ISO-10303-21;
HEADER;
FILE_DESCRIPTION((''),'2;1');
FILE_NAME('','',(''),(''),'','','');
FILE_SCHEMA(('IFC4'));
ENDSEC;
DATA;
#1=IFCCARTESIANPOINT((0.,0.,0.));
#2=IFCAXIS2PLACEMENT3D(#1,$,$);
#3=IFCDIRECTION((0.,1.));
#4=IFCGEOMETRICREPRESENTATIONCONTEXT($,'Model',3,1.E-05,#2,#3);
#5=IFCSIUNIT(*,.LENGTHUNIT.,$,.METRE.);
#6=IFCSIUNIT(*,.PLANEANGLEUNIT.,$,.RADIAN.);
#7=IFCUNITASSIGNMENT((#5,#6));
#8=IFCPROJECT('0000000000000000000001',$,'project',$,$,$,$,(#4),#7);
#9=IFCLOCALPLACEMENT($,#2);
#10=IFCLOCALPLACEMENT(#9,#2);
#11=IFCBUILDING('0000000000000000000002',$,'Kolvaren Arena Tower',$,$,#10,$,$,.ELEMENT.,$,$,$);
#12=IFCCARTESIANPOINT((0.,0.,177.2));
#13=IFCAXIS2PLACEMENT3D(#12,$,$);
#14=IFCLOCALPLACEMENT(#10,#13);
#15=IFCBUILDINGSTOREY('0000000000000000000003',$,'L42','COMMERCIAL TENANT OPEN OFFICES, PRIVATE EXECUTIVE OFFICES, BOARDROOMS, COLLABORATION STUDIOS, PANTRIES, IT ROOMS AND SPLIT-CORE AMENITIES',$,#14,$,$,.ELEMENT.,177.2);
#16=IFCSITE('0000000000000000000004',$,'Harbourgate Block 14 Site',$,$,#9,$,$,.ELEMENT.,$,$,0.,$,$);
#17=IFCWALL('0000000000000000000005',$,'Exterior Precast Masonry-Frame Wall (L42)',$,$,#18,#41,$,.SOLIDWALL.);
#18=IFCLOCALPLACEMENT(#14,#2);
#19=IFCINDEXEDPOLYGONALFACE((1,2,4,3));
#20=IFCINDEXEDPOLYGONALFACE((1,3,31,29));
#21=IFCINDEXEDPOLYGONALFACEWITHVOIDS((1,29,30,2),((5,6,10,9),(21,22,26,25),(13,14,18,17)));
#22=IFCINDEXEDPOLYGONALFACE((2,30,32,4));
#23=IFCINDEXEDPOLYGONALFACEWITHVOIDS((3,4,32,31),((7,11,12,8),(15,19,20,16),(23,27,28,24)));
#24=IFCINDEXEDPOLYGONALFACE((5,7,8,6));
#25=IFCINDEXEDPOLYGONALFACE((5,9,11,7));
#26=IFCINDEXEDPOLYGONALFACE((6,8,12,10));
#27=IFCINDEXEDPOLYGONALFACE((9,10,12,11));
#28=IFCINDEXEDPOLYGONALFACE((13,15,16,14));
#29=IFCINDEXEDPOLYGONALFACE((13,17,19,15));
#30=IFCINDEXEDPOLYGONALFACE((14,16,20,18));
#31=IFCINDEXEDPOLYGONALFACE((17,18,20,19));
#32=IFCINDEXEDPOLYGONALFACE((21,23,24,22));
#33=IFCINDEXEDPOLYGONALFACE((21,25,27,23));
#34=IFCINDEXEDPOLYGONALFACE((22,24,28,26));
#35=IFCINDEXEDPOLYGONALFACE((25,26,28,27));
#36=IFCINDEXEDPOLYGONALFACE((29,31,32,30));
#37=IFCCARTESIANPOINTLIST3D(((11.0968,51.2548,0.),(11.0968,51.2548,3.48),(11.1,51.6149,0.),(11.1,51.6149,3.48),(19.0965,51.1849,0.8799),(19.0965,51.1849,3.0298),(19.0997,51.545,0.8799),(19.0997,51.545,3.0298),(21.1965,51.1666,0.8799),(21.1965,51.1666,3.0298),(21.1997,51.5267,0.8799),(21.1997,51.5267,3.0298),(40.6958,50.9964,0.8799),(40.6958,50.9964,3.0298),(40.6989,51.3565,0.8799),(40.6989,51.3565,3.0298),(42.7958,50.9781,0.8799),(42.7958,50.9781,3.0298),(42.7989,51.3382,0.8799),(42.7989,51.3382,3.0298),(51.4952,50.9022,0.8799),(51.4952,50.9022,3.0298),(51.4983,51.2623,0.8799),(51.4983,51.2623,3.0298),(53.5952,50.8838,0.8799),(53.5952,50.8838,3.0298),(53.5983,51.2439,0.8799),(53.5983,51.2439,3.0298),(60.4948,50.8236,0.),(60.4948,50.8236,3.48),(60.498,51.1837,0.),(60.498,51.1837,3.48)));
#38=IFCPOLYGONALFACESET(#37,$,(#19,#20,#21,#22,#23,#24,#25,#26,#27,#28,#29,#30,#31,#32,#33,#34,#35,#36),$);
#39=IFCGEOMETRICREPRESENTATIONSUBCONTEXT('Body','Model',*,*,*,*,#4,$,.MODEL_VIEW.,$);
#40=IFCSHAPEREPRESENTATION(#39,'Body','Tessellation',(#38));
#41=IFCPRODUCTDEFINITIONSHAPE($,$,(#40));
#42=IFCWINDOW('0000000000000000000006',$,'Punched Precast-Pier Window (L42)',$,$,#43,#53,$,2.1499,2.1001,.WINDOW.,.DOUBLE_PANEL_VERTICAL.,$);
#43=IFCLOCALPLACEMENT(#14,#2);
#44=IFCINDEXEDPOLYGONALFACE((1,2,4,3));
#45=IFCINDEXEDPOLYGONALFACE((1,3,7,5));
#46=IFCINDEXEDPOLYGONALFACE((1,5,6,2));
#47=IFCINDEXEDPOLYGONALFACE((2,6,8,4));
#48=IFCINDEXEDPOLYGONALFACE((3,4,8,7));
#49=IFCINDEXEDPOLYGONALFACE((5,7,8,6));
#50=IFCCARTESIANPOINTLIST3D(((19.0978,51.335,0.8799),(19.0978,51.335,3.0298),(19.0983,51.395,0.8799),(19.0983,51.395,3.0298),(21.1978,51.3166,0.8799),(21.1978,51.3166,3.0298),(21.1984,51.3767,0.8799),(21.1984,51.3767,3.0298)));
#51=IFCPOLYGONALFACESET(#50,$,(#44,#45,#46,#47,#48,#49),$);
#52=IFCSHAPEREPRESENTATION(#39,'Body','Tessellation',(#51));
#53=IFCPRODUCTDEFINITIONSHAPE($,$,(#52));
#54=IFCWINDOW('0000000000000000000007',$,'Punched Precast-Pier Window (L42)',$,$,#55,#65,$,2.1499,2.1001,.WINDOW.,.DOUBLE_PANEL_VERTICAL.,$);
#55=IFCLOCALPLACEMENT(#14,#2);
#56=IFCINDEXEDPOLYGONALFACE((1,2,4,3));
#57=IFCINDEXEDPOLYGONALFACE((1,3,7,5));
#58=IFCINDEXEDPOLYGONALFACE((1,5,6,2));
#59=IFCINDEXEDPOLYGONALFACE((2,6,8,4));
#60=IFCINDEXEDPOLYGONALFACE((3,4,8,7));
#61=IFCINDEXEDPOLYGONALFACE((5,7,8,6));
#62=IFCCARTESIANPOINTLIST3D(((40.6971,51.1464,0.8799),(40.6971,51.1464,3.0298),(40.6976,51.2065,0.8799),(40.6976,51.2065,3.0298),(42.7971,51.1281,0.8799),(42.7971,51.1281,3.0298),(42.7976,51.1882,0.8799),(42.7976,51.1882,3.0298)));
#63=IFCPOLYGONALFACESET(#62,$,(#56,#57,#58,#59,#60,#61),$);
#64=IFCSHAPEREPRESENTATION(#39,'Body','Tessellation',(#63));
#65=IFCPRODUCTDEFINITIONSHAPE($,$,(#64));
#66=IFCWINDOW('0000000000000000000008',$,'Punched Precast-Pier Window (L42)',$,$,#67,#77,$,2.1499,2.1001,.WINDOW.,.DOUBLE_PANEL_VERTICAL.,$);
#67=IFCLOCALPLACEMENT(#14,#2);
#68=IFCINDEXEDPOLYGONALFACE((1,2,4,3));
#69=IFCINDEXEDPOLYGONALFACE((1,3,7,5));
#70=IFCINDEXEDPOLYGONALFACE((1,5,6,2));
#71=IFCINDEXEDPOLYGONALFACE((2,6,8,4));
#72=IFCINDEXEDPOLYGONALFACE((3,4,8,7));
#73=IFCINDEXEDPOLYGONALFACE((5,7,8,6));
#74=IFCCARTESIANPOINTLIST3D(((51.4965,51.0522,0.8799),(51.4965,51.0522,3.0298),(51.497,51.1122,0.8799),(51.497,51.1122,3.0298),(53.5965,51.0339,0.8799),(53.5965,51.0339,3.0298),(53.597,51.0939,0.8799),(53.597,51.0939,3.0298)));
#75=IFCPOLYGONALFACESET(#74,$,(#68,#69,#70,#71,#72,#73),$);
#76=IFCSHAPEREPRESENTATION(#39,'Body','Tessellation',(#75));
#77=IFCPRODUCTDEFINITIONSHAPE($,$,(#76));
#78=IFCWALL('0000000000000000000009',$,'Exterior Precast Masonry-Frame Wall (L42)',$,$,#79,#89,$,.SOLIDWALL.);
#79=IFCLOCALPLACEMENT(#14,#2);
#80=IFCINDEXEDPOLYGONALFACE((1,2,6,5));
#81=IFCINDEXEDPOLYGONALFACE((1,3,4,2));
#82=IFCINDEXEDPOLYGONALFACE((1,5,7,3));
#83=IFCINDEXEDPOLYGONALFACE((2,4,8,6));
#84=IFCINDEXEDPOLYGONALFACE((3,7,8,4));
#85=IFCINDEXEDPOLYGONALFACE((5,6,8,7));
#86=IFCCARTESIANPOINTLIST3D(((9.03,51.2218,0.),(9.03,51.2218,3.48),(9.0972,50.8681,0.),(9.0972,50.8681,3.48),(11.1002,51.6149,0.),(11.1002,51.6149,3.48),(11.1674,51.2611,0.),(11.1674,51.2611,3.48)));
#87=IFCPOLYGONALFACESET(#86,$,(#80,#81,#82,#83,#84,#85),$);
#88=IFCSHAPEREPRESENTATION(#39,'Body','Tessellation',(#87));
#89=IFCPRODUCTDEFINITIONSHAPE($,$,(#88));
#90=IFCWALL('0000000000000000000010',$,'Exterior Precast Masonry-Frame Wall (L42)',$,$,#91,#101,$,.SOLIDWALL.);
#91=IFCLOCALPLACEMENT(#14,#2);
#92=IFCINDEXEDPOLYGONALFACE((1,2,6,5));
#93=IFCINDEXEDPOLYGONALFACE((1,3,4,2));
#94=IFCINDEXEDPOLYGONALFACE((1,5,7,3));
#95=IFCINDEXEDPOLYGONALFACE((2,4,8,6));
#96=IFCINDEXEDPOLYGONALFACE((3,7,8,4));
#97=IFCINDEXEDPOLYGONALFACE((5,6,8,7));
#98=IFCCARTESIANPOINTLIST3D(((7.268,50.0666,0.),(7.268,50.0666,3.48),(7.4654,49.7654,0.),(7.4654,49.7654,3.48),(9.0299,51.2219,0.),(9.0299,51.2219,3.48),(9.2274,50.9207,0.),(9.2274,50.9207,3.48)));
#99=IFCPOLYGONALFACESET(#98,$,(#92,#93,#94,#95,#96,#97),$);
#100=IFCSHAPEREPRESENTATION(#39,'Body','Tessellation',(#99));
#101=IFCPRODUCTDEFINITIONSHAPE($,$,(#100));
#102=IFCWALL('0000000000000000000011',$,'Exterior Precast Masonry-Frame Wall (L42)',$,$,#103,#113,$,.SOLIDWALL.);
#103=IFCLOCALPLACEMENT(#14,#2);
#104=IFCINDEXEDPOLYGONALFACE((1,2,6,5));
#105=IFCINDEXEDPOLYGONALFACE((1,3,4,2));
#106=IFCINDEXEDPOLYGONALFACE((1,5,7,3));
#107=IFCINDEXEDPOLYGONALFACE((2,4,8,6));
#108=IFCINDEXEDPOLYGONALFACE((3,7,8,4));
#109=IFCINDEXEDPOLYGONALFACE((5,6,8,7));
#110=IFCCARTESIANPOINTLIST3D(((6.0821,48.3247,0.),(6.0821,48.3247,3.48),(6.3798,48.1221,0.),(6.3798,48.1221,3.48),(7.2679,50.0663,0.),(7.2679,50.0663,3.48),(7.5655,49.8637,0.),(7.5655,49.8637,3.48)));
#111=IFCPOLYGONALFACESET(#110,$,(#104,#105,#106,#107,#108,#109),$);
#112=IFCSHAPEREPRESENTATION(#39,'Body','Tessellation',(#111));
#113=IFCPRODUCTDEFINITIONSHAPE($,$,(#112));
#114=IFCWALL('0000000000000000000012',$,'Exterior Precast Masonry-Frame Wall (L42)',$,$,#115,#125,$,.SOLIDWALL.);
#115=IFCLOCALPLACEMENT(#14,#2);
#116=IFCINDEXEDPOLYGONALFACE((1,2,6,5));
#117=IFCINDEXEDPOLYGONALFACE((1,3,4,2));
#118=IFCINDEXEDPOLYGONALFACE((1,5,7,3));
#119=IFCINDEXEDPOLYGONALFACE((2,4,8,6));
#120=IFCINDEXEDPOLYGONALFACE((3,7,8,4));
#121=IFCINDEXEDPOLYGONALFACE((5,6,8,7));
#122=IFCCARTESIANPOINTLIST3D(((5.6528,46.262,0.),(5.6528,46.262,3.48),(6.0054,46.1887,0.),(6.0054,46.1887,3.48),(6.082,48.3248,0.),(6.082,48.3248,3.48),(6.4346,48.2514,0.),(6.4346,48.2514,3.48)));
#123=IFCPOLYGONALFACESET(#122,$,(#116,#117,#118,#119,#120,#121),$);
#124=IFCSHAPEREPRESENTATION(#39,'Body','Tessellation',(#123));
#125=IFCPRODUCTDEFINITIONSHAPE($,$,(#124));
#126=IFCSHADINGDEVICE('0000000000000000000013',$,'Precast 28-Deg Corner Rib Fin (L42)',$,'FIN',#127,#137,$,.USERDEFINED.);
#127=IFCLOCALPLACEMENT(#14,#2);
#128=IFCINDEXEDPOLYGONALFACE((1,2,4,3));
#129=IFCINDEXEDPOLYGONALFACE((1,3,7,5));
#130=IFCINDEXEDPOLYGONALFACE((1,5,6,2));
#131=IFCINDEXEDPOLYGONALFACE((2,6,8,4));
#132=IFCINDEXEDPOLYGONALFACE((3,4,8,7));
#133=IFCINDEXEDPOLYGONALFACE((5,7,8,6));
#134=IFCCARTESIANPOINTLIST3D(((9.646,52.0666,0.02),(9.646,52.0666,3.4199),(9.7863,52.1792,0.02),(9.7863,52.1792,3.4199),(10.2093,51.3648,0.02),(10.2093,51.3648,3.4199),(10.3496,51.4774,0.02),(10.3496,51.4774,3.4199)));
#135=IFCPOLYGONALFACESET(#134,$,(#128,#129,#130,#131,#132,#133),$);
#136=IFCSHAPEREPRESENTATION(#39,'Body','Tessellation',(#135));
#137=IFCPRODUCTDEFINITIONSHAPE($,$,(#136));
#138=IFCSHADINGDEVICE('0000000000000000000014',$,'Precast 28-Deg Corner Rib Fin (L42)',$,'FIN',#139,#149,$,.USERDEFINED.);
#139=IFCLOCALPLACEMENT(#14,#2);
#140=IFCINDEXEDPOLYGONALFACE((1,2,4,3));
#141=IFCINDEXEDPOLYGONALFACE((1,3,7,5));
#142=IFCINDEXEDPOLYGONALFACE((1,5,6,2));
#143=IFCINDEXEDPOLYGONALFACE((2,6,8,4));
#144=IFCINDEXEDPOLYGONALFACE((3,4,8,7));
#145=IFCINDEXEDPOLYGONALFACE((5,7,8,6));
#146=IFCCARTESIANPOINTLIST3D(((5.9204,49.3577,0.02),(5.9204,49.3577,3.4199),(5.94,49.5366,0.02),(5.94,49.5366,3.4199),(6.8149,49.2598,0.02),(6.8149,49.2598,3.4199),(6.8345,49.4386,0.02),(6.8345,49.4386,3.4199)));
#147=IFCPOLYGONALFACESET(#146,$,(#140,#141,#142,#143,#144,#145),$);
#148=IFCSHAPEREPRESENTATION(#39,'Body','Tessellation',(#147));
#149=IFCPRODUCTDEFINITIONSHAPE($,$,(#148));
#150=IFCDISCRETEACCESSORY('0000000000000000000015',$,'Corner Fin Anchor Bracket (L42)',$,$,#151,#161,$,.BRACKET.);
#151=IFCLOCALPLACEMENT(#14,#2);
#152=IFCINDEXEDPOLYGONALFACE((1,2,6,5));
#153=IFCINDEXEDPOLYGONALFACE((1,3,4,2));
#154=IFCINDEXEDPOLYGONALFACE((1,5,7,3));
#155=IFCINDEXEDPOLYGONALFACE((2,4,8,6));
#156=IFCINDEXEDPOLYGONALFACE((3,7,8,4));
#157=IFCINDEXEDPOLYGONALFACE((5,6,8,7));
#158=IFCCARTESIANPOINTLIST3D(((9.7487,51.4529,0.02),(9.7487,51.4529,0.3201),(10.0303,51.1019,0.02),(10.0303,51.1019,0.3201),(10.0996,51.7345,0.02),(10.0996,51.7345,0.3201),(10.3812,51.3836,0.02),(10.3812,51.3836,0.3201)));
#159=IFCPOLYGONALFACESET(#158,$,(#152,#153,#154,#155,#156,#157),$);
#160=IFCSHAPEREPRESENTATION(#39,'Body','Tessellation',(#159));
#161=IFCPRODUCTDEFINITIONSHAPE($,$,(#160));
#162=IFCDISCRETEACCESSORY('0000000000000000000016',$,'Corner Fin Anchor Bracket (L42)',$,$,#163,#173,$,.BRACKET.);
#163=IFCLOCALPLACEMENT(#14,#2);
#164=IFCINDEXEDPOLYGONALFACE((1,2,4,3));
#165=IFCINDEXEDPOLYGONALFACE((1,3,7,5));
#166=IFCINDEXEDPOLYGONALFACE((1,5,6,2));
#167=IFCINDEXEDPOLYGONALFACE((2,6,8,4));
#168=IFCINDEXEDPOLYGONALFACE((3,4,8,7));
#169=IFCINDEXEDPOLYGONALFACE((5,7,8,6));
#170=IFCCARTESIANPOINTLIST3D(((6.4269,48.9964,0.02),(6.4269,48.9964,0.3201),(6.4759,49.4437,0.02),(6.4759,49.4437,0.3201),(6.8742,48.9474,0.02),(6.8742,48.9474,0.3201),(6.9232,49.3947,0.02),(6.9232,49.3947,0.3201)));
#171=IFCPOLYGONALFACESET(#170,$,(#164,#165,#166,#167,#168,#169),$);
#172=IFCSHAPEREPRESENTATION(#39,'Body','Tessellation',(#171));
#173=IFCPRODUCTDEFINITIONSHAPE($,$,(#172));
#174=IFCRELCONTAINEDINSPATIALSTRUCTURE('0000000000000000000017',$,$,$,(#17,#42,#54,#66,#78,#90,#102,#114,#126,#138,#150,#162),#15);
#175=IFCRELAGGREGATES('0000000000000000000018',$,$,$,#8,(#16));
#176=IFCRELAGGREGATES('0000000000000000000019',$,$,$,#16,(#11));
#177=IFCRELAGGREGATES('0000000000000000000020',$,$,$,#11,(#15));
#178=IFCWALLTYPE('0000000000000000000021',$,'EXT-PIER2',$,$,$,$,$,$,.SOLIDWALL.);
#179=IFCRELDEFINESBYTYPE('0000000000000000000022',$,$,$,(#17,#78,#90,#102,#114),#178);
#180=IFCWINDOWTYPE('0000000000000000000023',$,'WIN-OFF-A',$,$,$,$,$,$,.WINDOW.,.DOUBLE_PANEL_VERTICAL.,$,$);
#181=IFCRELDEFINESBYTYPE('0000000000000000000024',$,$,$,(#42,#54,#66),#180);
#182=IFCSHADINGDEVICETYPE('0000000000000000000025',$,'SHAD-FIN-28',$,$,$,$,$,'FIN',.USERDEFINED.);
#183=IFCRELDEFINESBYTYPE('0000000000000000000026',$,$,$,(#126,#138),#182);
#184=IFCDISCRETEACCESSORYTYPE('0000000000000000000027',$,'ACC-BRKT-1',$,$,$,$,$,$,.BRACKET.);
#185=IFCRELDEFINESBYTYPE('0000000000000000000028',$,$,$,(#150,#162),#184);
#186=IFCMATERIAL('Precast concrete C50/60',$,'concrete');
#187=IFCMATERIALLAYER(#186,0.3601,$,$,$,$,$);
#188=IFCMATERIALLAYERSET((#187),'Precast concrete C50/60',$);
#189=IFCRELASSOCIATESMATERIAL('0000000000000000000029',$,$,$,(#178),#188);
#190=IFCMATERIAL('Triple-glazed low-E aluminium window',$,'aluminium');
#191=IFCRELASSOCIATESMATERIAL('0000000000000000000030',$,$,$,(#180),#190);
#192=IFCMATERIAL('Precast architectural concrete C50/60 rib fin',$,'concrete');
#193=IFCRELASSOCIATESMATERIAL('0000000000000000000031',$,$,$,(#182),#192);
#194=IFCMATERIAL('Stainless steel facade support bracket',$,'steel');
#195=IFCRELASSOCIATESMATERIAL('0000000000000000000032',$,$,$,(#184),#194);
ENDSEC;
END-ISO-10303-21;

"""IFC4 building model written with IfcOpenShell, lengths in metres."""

from ifc_helpers import new_model, si_unit, direction, frame, frame_2d, origin, origin_2d, place, context, subcontext, project, spatial, rectangle, extrude, material, layer, layer_set, type_object, element, fill, save


model = new_model("IFC4")

# Units and contexts
model_context = context("Model", 3, precision=1e-05, world=origin(), true_north=direction((0.0, 1.0)))
body_context = subcontext(model_context, "Body", "Model", "MODEL_VIEW")
ifc_project = project(units=[si_unit("LENGTHUNIT", "METRE"), si_unit("PLANEANGLEUNIT", "RADIAN")], contexts=[model_context])

# Site, building, storey
site_placement = place(None, origin())
site = spatial("IfcSite", under=ifc_project, at=site_placement, Name="Harbourgate Block 14 Site", CompositionType="ELEMENT", RefElevation=0.0)
building_placement = place(site_placement, origin())
building = spatial("IfcBuilding", under=site, at=building_placement, Name="Kolvaren Arena Tower", CompositionType="ELEMENT")
storey_placement = place(building_placement, frame((0.0, 0.0, 177.2)))
storey = spatial("IfcBuildingStorey", under=building, at=storey_placement, Name="L42", Description="COMMERCIAL TENANT OPEN OFFICES, PRIVATE EXECUTIVE OFFICES, BOARDROOMS, COLLABORATION STUDIOS, PANTRIES, IT ROOMS AND SPLIT-CORE AMENITIES", CompositionType="ELEMENT", Elevation=177.2)

# Wall, openings, windows
ifc_material_1 = material(Name="Precast concrete C50/60", Category="concrete")
ifc_layer = layer(ifc_material_1, 0.3601)
ifc_layer_set = layer_set([ifc_layer], Name="Precast concrete C50/60")
wall_type = type_object("IfcWallType", Name="EXT-PIER2", PredefinedType="SOLIDWALL", material=ifc_layer_set)
wall_1_placement = place(storey_placement, frame((11.0984, 51.4348, 0.0), z_axis=(0.0, 0.0, 1.0), x_axis=(0.999962, -0.008728, 0.0)))
wall_1 = element("IfcWall", 1, at=wall_1_placement, inside=storey, type_object=wall_type, Name="Exterior Precast Masonry-Frame Wall (L42)", PredefinedType="SOLIDWALL", context=body_context, shape_type="SweptSolid", body=[
    extrude(rectangle(XDim=49.3999, YDim=0.3601, at=frame_2d((24.7, 0.0))), origin(), (0.0, 0.0, 1.0), 3.48),
])
opening_1_placement = place(wall_1_placement, frame((8.0, 0.0, 0.8799)))
opening_1 = element("IfcOpeningElement", 2, at=opening_1_placement, cuts=wall_1, PredefinedType="OPENING", context=body_context, shape_type="SweptSolid", body=[
    extrude(rectangle(XDim=2.1001, YDim=2.1499, at=frame_2d((1.05, 1.075))), frame((0.0, 0.1899, 0.0), z_axis=(0.0, -1.0, 0.0), x_axis=(1.0, 0.0, 0.0)), (0.0, 0.0, 1.0), 0.3801),
])
opening_2_placement = place(wall_1_placement, frame((29.6001, 0.0, 0.8799)))
opening_2 = element("IfcOpeningElement", 3, at=opening_2_placement, cuts=wall_1, PredefinedType="OPENING", context=body_context, shape_type="SweptSolid", body=[
    extrude(rectangle(XDim=2.1001, YDim=2.1499, at=frame_2d((1.05, 1.075))), frame((0.0, 0.1899, 0.0), z_axis=(0.0, -1.0, 0.0), x_axis=(1.0, 0.0, 0.0)), (0.0, 0.0, 1.0), 0.3801),
])
opening_3_placement = place(wall_1_placement, frame((40.3999, 0.0, 0.8799)))
opening_3 = element("IfcOpeningElement", 4, at=opening_3_placement, cuts=wall_1, PredefinedType="OPENING", context=body_context, shape_type="SweptSolid", body=[
    extrude(rectangle(XDim=2.1001, YDim=2.1499, at=frame_2d((1.05, 1.075))), frame((0.0, 0.1899, 0.0), z_axis=(0.0, -1.0, 0.0), x_axis=(1.0, 0.0, 0.0)), (0.0, 0.0, 1.0), 0.3801),
])
ifc_material_2 = material(Name="Triple-glazed low-E aluminium window", Category="aluminium")
window_type = type_object("IfcWindowType", Name="WIN-OFF-A", PartitioningType="DOUBLE_PANEL_VERTICAL", PredefinedType="WINDOW", material=ifc_material_2)
window_1_placement = place(opening_1_placement, origin())
window_1 = element("IfcWindow", 5, at=window_1_placement, inside=storey, type_object=window_type, Name="Punched Precast-Pier Window (L42)", OverallHeight=2.1499, OverallWidth=2.1001, PartitioningType="DOUBLE_PANEL_VERTICAL", PredefinedType="WINDOW", context=body_context, shape_type="SweptSolid", body=[
    extrude(rectangle(XDim=2.1001, YDim=2.1499, at=frame_2d((1.05, 1.075))), frame((0.0, 0.03, 0.0), z_axis=(0.0, -1.0, 0.0), x_axis=(1.0, 0.0, 0.0)), (0.0, 0.0, 1.0), 0.0601),
])
fill(opening_1, window_1)
window_2_placement = place(opening_2_placement, origin())
window_2 = element("IfcWindow", 6, at=window_2_placement, inside=storey, type_object=window_type, Name="Punched Precast-Pier Window (L42)", OverallHeight=2.1499, OverallWidth=2.1001, PartitioningType="DOUBLE_PANEL_VERTICAL", PredefinedType="WINDOW", context=body_context, shape_type="SweptSolid", body=[
    extrude(rectangle(XDim=2.1001, YDim=2.1499, at=frame_2d((1.05, 1.075))), frame((0.0, 0.03, 0.0), z_axis=(0.0, -1.0, 0.0), x_axis=(1.0, 0.0, 0.0)), (0.0, 0.0, 1.0), 0.0601),
])
fill(opening_2, window_2)
window_3_placement = place(opening_3_placement, origin())
window_3 = element("IfcWindow", 7, at=window_3_placement, inside=storey, type_object=window_type, Name="Punched Precast-Pier Window (L42)", OverallHeight=2.1499, OverallWidth=2.1001, PartitioningType="DOUBLE_PANEL_VERTICAL", PredefinedType="WINDOW", context=body_context, shape_type="SweptSolid", body=[
    extrude(rectangle(XDim=2.1001, YDim=2.1499, at=frame_2d((1.05, 1.075))), frame((0.0, 0.03, 0.0), z_axis=(0.0, -1.0, 0.0), x_axis=(1.0, 0.0, 0.0)), (0.0, 0.0, 1.0), 0.0601),
])
fill(opening_3, window_3)

# Walls
wall_2_placement = place(storey_placement, frame((9.0635, 51.0449, 0.0), z_axis=(0.0, 0.0, 1.0), x_axis=(0.982446, 0.186548, 0.0)))
element("IfcWall", 8, at=wall_2_placement, inside=storey, type_object=wall_type, Name="Exterior Precast Masonry-Frame Wall (L42)", PredefinedType="SOLIDWALL", context=body_context, shape_type="SweptSolid", body=[
    extrude(rectangle(XDim=2.1072, YDim=0.3601, at=frame_2d((1.0537, 0.0))), origin(), (0.0, 0.0, 1.0), 3.48),
])
for number, where, z_axis, x_axis, name in (
    (9, (7.3667, 49.916, 0.0), (0.0, 0.0, 1.0), (0.836269, 0.54832, 0.0), "Exterior Precast Masonry-Frame Wall (L42)"),
    (10, (6.231, 48.2234, 0.0), (0.0, 0.0, 1.0), (0.562776, 0.82661, 0.0), "Exterior Precast Masonry-Frame Wall (L42)"),
    (11, (5.8291, 46.2253, 0.0), (0.0, 0.0, 1.0), (0.203709, 0.979031, 0.0), "Exterior Precast Masonry-Frame Wall (L42)"),
):
    element("IfcWall", number, at=place(storey_placement, frame(where, z_axis=z_axis, x_axis=x_axis)), inside=storey, type_object=wall_type, Name=name, PredefinedType="SOLIDWALL", context=body_context, shape_type="SweptSolid", body=[
        extrude(rectangle(XDim=2.1069, YDim=0.3601, at=frame_2d((1.0535, 0.0))), origin(), (0.0, 0.0, 1.0), 3.48),
    ])

# Shading devices
ifc_material_3 = material(Name="Precast architectural concrete C50/60 rib fin", Category="concrete")
shading_device_type = type_object("IfcShadingDeviceType", Name="SHAD-FIN-28", ElementType="FIN", PredefinedType="USERDEFINED", material=ifc_material_3)
for number, where, z_axis, x_axis, name in (
    (12, (9.9978, 51.772, 0.02), (0.0, 0.0, 1.0), (-0.625923, 0.779884, 0.0), "Precast 28-Deg Corner Rib Fin (L42)"),
    (13, (6.3774, 49.3982, 0.02), (0.0, 0.0, 1.0), (-0.994057, 0.108862, 0.0), "Precast 28-Deg Corner Rib Fin (L42)"),
):
    element("IfcShadingDevice", number, at=place(storey_placement, frame(where, z_axis=z_axis, x_axis=x_axis)), inside=storey, type_object=shading_device_type, Name=name, ObjectType="FIN", PredefinedType="USERDEFINED", context=body_context, shape_type="SweptSolid", body=[
        extrude(rectangle(XDim=0.8999, YDim=0.1799, at=origin_2d()), origin(), (0.0, 0.0, 1.0), 3.3999),
    ])

# Discrete accessories
ifc_material_4 = material(Name="Stainless steel facade support bracket", Category="steel")
discrete_accessory_type = type_object("IfcDiscreteAccessoryType", Name="ACC-BRKT-1", PredefinedType="BRACKET", material=ifc_material_4)
for number, where, z_axis, x_axis, name in (
    (14, (10.0649, 51.4182, 0.02), (0.0, 0.0, 1.0), (-0.625923, 0.779884, 0.0), "Corner Fin Anchor Bracket (L42)"),
    (15, (6.675, 49.1956, 0.02), (0.0, 0.0, 1.0), (-0.994057, 0.108862, 0.0), "Corner Fin Anchor Bracket (L42)"),
):
    element("IfcDiscreteAccessory", number, at=place(storey_placement, frame(where, z_axis=z_axis, x_axis=x_axis)), inside=storey, type_object=discrete_accessory_type, Name=name, PredefinedType="BRACKET", context=body_context, shape_type="SweptSolid", body=[
        extrude(rectangle(XDim=0.45, YDim=0.45, at=origin_2d()), origin(), (0.0, 0.0, 1.0), 0.3),
    ])

save(model, "model.ifc")
